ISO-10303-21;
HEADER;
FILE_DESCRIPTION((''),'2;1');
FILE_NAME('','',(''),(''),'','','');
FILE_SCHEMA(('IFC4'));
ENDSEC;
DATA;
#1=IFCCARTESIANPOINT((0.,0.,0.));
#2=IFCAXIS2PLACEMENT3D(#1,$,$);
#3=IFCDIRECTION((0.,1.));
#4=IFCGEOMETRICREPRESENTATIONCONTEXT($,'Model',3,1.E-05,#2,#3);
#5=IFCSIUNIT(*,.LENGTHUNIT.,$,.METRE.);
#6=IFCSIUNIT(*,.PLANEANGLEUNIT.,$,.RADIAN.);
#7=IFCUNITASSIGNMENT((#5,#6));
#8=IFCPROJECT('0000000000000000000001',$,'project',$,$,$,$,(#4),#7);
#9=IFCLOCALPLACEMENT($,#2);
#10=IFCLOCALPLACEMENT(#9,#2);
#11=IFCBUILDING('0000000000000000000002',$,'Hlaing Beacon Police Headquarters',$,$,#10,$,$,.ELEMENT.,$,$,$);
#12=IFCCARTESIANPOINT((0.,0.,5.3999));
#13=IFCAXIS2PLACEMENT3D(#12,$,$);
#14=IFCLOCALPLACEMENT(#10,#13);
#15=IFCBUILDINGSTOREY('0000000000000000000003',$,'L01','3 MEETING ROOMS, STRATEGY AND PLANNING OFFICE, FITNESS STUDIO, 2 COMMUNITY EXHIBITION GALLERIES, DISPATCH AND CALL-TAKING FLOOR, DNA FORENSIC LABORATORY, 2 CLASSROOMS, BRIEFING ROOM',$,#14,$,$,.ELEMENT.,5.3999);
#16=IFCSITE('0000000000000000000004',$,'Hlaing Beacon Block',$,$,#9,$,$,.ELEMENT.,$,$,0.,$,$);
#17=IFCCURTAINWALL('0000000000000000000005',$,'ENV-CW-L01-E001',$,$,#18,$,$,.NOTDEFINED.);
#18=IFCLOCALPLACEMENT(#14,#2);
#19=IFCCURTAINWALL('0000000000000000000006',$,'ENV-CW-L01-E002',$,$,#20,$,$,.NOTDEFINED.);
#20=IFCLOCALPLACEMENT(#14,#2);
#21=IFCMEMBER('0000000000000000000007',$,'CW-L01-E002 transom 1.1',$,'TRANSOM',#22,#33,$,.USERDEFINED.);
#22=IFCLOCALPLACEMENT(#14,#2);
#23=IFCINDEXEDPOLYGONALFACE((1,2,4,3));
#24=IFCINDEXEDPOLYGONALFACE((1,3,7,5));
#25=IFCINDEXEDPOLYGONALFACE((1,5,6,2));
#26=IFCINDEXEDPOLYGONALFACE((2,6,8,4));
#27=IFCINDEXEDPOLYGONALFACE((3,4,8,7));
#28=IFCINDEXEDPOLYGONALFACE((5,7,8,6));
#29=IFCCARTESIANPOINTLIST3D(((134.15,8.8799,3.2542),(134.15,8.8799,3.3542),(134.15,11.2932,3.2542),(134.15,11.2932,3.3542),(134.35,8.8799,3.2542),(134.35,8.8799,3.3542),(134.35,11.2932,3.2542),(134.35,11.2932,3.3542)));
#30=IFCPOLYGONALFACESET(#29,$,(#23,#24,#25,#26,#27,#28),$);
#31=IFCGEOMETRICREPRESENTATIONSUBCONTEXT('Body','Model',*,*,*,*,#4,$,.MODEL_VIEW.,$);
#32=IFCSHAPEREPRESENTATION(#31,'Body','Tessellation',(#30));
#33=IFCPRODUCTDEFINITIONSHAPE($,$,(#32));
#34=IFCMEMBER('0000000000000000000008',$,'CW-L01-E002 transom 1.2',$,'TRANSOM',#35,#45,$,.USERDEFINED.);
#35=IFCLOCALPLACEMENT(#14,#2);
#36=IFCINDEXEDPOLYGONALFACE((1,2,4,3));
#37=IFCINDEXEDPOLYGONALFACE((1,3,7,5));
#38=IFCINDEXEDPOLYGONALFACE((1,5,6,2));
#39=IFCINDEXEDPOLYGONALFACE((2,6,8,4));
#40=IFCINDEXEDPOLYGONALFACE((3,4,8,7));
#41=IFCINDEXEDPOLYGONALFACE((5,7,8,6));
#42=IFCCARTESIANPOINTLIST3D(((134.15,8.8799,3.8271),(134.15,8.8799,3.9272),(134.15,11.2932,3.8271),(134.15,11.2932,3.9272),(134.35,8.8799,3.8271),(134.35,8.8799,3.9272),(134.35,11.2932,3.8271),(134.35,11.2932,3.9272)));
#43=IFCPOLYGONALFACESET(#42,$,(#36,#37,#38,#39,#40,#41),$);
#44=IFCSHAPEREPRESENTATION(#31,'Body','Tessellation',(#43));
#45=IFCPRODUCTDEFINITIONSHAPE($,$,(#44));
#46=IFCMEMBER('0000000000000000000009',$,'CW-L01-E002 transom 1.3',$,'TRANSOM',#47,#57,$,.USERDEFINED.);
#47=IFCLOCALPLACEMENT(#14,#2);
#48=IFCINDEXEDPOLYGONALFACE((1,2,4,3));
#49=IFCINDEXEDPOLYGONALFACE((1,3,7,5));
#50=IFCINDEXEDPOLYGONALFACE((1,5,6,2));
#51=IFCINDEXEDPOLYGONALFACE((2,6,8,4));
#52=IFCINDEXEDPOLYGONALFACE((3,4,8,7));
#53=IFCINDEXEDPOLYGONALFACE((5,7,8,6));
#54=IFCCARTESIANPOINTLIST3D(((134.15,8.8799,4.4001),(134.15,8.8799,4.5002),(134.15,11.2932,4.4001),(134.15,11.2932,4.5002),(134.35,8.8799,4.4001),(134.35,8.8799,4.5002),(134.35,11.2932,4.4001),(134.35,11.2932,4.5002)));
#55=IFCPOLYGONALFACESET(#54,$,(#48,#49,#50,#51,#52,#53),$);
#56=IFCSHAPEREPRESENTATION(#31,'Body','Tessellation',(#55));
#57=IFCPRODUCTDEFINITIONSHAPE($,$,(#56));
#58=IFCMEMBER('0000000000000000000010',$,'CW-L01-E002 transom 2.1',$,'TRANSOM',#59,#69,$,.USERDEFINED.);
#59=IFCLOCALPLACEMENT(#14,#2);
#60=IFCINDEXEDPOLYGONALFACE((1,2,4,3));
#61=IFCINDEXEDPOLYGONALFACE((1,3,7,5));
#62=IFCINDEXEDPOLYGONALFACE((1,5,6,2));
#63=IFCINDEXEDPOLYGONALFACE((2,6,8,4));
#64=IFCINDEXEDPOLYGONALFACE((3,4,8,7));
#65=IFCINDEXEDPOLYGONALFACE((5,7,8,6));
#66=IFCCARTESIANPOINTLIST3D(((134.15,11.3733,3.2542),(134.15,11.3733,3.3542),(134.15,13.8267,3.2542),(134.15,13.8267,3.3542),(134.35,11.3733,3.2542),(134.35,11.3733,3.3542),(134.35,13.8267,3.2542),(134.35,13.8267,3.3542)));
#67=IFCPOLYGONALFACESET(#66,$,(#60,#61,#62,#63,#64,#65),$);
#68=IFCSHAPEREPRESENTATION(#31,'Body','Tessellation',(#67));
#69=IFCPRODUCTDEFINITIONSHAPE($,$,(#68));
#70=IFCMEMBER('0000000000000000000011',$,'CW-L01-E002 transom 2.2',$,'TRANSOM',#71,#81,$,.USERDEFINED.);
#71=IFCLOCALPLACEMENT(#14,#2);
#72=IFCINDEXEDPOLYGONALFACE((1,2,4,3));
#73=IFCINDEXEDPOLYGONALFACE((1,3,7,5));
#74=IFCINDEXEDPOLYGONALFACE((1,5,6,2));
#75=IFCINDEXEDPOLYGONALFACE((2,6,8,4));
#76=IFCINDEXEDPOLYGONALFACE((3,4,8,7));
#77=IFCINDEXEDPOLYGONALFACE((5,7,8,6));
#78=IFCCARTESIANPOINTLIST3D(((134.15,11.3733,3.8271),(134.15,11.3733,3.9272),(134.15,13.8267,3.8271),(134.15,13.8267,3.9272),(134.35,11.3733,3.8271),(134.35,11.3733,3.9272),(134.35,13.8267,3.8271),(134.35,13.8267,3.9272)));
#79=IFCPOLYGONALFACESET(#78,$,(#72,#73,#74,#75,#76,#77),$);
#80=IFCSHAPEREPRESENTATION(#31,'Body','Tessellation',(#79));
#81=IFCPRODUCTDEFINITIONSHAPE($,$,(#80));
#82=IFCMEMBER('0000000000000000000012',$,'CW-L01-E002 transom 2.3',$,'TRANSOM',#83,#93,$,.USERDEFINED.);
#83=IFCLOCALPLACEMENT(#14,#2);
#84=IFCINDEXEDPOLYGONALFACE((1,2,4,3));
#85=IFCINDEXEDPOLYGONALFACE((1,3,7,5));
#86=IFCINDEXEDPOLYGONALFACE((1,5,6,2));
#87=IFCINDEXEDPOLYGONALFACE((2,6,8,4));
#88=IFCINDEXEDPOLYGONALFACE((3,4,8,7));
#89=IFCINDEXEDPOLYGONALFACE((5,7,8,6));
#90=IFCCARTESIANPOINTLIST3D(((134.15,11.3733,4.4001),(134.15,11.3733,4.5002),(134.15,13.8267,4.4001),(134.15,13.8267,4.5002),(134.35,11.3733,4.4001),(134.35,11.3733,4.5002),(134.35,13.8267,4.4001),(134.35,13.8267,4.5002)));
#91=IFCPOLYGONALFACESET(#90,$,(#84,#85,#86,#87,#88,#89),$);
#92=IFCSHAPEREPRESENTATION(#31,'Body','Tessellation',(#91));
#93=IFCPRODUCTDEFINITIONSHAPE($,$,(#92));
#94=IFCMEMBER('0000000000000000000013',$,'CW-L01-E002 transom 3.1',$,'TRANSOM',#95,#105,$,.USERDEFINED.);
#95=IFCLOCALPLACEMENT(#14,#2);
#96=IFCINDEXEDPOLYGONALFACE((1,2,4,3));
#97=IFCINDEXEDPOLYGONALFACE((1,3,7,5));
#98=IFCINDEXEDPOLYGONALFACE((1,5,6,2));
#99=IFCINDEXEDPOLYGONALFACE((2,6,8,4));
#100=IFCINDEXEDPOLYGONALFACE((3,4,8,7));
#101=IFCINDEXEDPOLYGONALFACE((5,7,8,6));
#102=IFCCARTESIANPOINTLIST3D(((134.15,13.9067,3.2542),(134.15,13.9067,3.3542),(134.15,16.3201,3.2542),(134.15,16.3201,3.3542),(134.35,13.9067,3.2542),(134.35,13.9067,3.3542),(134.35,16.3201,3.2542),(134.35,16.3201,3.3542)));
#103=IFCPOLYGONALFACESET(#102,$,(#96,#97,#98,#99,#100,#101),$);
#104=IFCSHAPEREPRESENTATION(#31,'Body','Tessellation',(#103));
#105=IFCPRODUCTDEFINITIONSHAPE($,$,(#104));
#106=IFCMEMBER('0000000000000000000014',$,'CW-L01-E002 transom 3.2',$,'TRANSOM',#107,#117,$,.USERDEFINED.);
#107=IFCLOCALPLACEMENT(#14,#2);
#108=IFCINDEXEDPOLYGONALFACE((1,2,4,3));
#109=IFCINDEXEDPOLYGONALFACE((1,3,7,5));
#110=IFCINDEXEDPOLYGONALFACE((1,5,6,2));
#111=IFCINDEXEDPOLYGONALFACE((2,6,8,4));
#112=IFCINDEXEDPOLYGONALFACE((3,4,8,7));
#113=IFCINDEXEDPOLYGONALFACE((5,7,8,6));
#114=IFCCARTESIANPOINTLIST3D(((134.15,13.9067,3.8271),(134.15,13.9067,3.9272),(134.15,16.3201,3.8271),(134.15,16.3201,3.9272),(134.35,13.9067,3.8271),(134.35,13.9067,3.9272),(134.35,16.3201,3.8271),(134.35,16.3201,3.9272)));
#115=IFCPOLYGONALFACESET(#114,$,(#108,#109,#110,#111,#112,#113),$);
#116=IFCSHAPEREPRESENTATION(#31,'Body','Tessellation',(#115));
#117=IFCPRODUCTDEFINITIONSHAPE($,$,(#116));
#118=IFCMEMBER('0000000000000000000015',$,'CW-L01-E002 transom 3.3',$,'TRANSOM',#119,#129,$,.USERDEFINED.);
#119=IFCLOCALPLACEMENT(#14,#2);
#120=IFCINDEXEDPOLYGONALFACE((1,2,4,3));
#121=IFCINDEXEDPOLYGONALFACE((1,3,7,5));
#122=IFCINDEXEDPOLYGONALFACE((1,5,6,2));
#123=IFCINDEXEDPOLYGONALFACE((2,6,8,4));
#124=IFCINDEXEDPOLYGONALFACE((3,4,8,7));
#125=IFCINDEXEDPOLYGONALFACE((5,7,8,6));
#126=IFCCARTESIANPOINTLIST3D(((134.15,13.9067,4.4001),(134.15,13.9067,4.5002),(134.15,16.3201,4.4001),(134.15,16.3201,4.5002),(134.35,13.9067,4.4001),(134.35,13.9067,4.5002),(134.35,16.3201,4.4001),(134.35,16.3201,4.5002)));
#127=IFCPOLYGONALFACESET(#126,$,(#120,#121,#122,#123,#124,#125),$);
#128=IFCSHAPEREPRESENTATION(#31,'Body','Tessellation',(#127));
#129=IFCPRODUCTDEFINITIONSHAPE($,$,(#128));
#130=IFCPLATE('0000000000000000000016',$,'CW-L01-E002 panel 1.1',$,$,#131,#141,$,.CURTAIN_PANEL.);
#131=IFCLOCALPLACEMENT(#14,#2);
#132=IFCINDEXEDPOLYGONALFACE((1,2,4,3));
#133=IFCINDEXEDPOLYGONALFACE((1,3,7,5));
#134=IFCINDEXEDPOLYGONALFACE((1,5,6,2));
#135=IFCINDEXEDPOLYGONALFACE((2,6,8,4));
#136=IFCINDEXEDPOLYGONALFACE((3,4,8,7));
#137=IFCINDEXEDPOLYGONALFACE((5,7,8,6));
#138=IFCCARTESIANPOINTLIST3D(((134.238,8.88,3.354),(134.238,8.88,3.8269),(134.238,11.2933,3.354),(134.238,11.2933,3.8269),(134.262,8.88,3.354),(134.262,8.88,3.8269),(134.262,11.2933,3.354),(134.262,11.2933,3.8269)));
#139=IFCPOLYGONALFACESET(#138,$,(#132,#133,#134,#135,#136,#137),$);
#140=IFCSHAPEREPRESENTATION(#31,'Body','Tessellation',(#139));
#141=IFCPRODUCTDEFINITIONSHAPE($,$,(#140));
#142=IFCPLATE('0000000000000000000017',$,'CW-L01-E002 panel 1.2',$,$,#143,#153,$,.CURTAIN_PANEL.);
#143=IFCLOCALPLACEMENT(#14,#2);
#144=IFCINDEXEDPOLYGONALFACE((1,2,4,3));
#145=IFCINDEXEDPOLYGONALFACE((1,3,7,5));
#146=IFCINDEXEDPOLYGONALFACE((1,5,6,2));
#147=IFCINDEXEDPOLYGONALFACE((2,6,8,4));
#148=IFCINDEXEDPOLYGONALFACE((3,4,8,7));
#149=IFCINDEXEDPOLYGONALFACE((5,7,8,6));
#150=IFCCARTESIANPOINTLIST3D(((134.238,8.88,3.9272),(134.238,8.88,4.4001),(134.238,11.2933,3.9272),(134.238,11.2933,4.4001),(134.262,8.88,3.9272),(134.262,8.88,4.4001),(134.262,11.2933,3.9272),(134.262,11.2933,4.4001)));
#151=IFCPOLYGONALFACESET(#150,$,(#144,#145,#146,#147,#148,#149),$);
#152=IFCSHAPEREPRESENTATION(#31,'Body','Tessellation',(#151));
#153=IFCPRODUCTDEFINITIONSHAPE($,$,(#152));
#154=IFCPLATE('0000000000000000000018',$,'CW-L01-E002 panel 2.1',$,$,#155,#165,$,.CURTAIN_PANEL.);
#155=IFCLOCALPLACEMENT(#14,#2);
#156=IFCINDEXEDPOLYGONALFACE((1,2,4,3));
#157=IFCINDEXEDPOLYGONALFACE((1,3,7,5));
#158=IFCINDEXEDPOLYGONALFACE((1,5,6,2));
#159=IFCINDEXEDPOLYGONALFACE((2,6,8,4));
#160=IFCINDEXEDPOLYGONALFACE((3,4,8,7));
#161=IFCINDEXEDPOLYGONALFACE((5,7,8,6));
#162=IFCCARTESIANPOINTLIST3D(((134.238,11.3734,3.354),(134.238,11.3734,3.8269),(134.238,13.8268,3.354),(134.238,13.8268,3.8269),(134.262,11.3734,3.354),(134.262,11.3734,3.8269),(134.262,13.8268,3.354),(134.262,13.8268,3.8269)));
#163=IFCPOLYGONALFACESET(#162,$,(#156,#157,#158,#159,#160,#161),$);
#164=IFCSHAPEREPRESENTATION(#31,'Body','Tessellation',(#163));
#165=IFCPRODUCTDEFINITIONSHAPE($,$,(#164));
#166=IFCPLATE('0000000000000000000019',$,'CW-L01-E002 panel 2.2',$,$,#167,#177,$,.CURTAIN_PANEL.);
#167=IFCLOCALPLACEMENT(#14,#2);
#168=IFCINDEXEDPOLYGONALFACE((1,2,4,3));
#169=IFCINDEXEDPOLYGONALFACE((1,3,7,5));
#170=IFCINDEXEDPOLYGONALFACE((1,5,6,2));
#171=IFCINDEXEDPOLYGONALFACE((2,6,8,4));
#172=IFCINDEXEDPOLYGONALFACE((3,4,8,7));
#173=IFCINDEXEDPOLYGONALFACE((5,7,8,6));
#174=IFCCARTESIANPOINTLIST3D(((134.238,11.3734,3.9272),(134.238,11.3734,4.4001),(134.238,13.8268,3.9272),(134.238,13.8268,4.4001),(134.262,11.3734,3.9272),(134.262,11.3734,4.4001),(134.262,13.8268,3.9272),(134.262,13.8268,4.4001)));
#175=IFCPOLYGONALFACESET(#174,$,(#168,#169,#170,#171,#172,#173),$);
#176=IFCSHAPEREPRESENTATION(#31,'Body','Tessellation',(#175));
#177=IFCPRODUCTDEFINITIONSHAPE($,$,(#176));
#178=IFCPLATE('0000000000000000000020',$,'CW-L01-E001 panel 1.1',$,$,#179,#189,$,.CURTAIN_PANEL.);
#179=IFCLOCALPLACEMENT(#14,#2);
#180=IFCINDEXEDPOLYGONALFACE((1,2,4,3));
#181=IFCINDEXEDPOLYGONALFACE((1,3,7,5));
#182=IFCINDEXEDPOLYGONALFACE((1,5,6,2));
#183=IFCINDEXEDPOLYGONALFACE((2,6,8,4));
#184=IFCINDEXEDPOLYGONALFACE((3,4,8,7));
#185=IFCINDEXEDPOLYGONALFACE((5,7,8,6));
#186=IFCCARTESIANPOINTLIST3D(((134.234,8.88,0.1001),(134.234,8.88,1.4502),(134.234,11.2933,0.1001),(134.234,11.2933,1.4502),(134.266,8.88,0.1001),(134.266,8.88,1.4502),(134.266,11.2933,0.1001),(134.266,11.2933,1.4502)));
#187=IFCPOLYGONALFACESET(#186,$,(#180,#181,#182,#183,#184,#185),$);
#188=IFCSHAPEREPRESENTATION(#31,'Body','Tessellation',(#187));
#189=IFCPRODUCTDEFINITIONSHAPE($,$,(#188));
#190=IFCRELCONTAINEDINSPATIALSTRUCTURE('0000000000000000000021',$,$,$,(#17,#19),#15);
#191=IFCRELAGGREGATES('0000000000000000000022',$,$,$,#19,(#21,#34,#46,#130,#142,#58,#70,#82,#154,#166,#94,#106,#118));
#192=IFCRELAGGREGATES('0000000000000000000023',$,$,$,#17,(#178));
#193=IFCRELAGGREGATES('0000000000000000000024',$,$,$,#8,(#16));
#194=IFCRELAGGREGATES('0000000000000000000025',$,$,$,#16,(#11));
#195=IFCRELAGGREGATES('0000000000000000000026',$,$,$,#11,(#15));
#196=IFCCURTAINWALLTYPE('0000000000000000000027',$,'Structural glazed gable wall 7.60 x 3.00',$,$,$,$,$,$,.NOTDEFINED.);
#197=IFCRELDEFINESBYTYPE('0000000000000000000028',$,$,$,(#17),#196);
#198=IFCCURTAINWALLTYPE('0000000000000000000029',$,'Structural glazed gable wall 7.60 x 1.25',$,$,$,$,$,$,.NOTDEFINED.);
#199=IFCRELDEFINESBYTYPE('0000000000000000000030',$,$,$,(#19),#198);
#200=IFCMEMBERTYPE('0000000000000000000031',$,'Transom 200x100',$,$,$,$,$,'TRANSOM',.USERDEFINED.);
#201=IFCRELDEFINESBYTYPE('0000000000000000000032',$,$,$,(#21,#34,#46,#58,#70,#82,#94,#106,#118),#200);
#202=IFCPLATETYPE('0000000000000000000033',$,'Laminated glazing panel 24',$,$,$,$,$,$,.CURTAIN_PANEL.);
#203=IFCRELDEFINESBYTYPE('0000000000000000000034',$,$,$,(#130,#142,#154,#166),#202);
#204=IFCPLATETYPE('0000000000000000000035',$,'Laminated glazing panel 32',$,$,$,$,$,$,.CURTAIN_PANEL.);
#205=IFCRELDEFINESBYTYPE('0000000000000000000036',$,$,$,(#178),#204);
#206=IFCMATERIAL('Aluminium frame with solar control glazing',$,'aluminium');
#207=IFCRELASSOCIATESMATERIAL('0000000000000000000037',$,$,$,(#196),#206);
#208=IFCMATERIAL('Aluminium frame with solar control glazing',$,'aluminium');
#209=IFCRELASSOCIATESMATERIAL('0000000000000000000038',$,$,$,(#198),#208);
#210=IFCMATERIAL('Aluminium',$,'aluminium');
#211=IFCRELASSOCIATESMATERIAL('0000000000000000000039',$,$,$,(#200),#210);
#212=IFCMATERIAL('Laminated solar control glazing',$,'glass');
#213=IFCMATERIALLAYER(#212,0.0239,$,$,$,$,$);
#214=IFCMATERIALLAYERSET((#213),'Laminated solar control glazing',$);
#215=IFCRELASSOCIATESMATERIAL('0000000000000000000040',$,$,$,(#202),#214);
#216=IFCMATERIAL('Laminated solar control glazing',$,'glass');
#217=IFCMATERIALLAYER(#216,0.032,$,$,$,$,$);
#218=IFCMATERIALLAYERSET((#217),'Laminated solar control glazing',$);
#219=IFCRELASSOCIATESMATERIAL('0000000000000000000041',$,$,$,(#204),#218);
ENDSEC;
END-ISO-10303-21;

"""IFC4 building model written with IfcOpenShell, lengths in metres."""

from ifc_helpers import new_model, si_unit, direction, frame, origin, origin_2d, place, context, subcontext, project, spatial, rectangle, extrude, material, layer, layer_set, material_profile, profile_set, type_object, element, aggregate, save


model = new_model("IFC4")

# Units and contexts
model_context = context("Model", 3, precision=1e-05, world=origin(), true_north=direction((0.0, 1.0)))
body_context = subcontext(model_context, "Body", "Model", "MODEL_VIEW")
ifc_project = project(units=[si_unit("LENGTHUNIT", "METRE"), si_unit("PLANEANGLEUNIT", "RADIAN")], contexts=[model_context])

# Site, building, storey
site_placement = place(None, origin())
site = spatial("IfcSite", under=ifc_project, at=site_placement, Name="Hlaing Beacon Block", CompositionType="ELEMENT", RefElevation=0.0)
building_placement = place(site_placement, origin())
building = spatial("IfcBuilding", under=site, at=building_placement, Name="Hlaing Beacon Police Headquarters", CompositionType="ELEMENT")
storey_placement = place(building_placement, frame((0.0, 0.0, 5.3999)))
storey = spatial("IfcBuildingStorey", under=building, at=storey_placement, Name="L01", Description="3 MEETING ROOMS, STRATEGY AND PLANNING OFFICE, FITNESS STUDIO, 2 COMMUNITY EXHIBITION GALLERIES, DISPATCH AND CALL-TAKING FLOOR, DNA FORENSIC LABORATORY, 2 CLASSROOMS, BRIEFING ROOM", CompositionType="ELEMENT", Elevation=5.3999)

# Curtain walls
ifc_material_1 = material(Name="Aluminium frame with solar control glazing", Category="aluminium")
curtain_wall_type_1 = type_object("IfcCurtainWallType", Name="Structural glazed gable wall 7.60 x 3.00", PredefinedType="NOTDEFINED", material=ifc_material_1)
curtain_wall_1_placement = place(storey_placement, origin())
curtain_wall_1 = element("IfcCurtainWall", 1, at=curtain_wall_1_placement, inside=storey, type_object=curtain_wall_type_1, Name="ENV-CW-L01-E001", PredefinedType="NOTDEFINED")
ifc_material_2 = material(Name="Aluminium frame with solar control glazing", Category="aluminium")
curtain_wall_type_2 = type_object("IfcCurtainWallType", Name="Structural glazed gable wall 7.60 x 1.25", PredefinedType="NOTDEFINED", material=ifc_material_2)
curtain_wall_2_placement = place(storey_placement, origin())
curtain_wall_2 = element("IfcCurtainWall", 2, at=curtain_wall_2_placement, inside=storey, type_object=curtain_wall_type_2, Name="ENV-CW-L01-E002", PredefinedType="NOTDEFINED")

# Members
ifc_material_3 = material(Name="Aluminium", Category="aluminium")
ifc_material_profile_1 = material_profile(ifc_material_3, rectangle(XDim=0.2, YDim=0.1001, at=origin_2d()), Name="Transom 200x100")
ifc_profile_set_1 = profile_set([ifc_material_profile_1], Name="Aluminium")
member_type_1 = type_object("IfcMemberType", Name="Transom 200x100", ElementType="TRANSOM", PredefinedType="USERDEFINED", material=ifc_profile_set_1)
member_1_placement = place(storey_placement, frame((134.25, 8.8799, 3.3042), z_axis=(0.0, 1.0, 0.0), x_axis=(-1.0, 0.0, 0.0)))
member_1 = element("IfcMember", 3, at=member_1_placement, type_object=member_type_1, Name="CW-L01-E002 transom 1.1", ObjectType="TRANSOM", PredefinedType="USERDEFINED", context=body_context, shape_type="SweptSolid", body=[
    extrude(rectangle(XDim=0.2, YDim=0.1001, at=origin_2d()), origin(), (0.0, 0.0, 1.0), 2.4133),
])
member_2_placement = place(storey_placement, frame((134.25, 8.8799, 3.8772), z_axis=(0.0, 1.0, 0.0), x_axis=(-1.0, 0.0, 0.0)))
member_2 = element("IfcMember", 4, at=member_2_placement, type_object=member_type_1, Name="CW-L01-E002 transom 1.2", ObjectType="TRANSOM", PredefinedType="USERDEFINED", context=body_context, shape_type="SweptSolid", body=[
    extrude(rectangle(XDim=0.2, YDim=0.1001, at=origin_2d()), origin(), (0.0, 0.0, 1.0), 2.4133),
])
member_3_placement = place(storey_placement, frame((134.25, 8.8799, 4.4502), z_axis=(0.0, 1.0, 0.0), x_axis=(-1.0, 0.0, 0.0)))
member_3 = element("IfcMember", 5, at=member_3_placement, type_object=member_type_1, Name="CW-L01-E002 transom 1.3", ObjectType="TRANSOM", PredefinedType="USERDEFINED", context=body_context, shape_type="SweptSolid", body=[
    extrude(rectangle(XDim=0.2, YDim=0.1001, at=origin_2d()), origin(), (0.0, 0.0, 1.0), 2.4133),
])
member_4_placement = place(storey_placement, frame((134.25, 11.3733, 3.3042), z_axis=(0.0, 1.0, 0.0), x_axis=(-1.0, 0.0, 0.0)))
member_4 = element("IfcMember", 6, at=member_4_placement, type_object=member_type_1, Name="CW-L01-E002 transom 2.1", ObjectType="TRANSOM", PredefinedType="USERDEFINED", context=body_context, shape_type="SweptSolid", body=[
    extrude(rectangle(XDim=0.2, YDim=0.1001, at=origin_2d()), origin(), (0.0, 0.0, 1.0), 2.4534),
])
member_5_placement = place(storey_placement, frame((134.25, 11.3733, 3.8772), z_axis=(0.0, 1.0, 0.0), x_axis=(-1.0, 0.0, 0.0)))
member_5 = element("IfcMember", 7, at=member_5_placement, type_object=member_type_1, Name="CW-L01-E002 transom 2.2", ObjectType="TRANSOM", PredefinedType="USERDEFINED", context=body_context, shape_type="SweptSolid", body=[
    extrude(rectangle(XDim=0.2, YDim=0.1001, at=origin_2d()), origin(), (0.0, 0.0, 1.0), 2.4534),
])
member_6_placement = place(storey_placement, frame((134.25, 11.3733, 4.4502), z_axis=(0.0, 1.0, 0.0), x_axis=(-1.0, 0.0, 0.0)))
member_6 = element("IfcMember", 8, at=member_6_placement, type_object=member_type_1, Name="CW-L01-E002 transom 2.3", ObjectType="TRANSOM", PredefinedType="USERDEFINED", context=body_context, shape_type="SweptSolid", body=[
    extrude(rectangle(XDim=0.2, YDim=0.1001, at=origin_2d()), origin(), (0.0, 0.0, 1.0), 2.4534),
])
member_7_placement = place(storey_placement, frame((134.25, 13.9067, 3.3042), z_axis=(0.0, 1.0, 0.0), x_axis=(-1.0, 0.0, 0.0)))
member_7 = element("IfcMember", 9, at=member_7_placement, type_object=member_type_1, Name="CW-L01-E002 transom 3.1", ObjectType="TRANSOM", PredefinedType="USERDEFINED", context=body_context, shape_type="SweptSolid", body=[
    extrude(rectangle(XDim=0.2, YDim=0.1001, at=origin_2d()), origin(), (0.0, 0.0, 1.0), 2.4133),
])
member_8_placement = place(storey_placement, frame((134.25, 13.9067, 3.8772), z_axis=(0.0, 1.0, 0.0), x_axis=(-1.0, 0.0, 0.0)))
member_8 = element("IfcMember", 10, at=member_8_placement, type_object=member_type_1, Name="CW-L01-E002 transom 3.2", ObjectType="TRANSOM", PredefinedType="USERDEFINED", context=body_context, shape_type="SweptSolid", body=[
    extrude(rectangle(XDim=0.2, YDim=0.1001, at=origin_2d()), origin(), (0.0, 0.0, 1.0), 2.4133),
])
member_9_placement = place(storey_placement, frame((134.25, 13.9067, 4.4502), z_axis=(0.0, 1.0, 0.0), x_axis=(-1.0, 0.0, 0.0)))
member_9 = element("IfcMember", 11, at=member_9_placement, type_object=member_type_1, Name="CW-L01-E002 transom 3.3", ObjectType="TRANSOM", PredefinedType="USERDEFINED", context=body_context, shape_type="SweptSolid", body=[
    extrude(rectangle(XDim=0.2, YDim=0.1001, at=origin_2d()), origin(), (0.0, 0.0, 1.0), 2.4133),
])

# Plates
ifc_material_4 = material(Name="Laminated solar control glazing", Category="glass")
ifc_layer_1 = layer(ifc_material_4, 0.0239)
ifc_layer_set_1 = layer_set([ifc_layer_1], Name="Laminated solar control glazing")
plate_type_1 = type_object("IfcPlateType", Name="Laminated glazing panel 24", PredefinedType="CURTAIN_PANEL", material=ifc_layer_set_1)
plate_1_placement = place(storey_placement, frame((134.25, 10.0867, 3.354), z_axis=(0.0, 0.0, 1.0), x_axis=(0.0, 1.0, 0.0)))
plate_1 = element("IfcPlate", 12, at=plate_1_placement, type_object=plate_type_1, Name="CW-L01-E002 panel 1.1", PredefinedType="CURTAIN_PANEL", context=body_context, shape_type="SweptSolid", body=[
    extrude(rectangle(XDim=2.4133, YDim=0.0239, at=origin_2d()), origin(), (0.0, 0.0, 1.0), 0.4729),
])
plate_2_placement = place(storey_placement, frame((134.25, 10.0867, 3.9272), z_axis=(0.0, 0.0, 1.0), x_axis=(0.0, 1.0, 0.0)))
plate_2 = element("IfcPlate", 13, at=plate_2_placement, type_object=plate_type_1, Name="CW-L01-E002 panel 1.2", PredefinedType="CURTAIN_PANEL", context=body_context, shape_type="SweptSolid", body=[
    extrude(rectangle(XDim=2.4133, YDim=0.0239, at=origin_2d()), origin(), (0.0, 0.0, 1.0), 0.4729),
])
plate_3_placement = place(storey_placement, frame((134.25, 12.6001, 3.354), z_axis=(0.0, 0.0, 1.0), x_axis=(0.0, 1.0, 0.0)))
plate_3 = element("IfcPlate", 14, at=plate_3_placement, type_object=plate_type_1, Name="CW-L01-E002 panel 2.1", PredefinedType="CURTAIN_PANEL", context=body_context, shape_type="SweptSolid", body=[
    extrude(rectangle(XDim=2.4534, YDim=0.0239, at=origin_2d()), origin(), (0.0, 0.0, 1.0), 0.4729),
])
plate_4_placement = place(storey_placement, frame((134.25, 12.6001, 3.9272), z_axis=(0.0, 0.0, 1.0), x_axis=(0.0, 1.0, 0.0)))
plate_4 = element("IfcPlate", 15, at=plate_4_placement, type_object=plate_type_1, Name="CW-L01-E002 panel 2.2", PredefinedType="CURTAIN_PANEL", context=body_context, shape_type="SweptSolid", body=[
    extrude(rectangle(XDim=2.4534, YDim=0.0239, at=origin_2d()), origin(), (0.0, 0.0, 1.0), 0.4729),
])
aggregate(curtain_wall_2, [member_1, member_2, member_3, plate_1, plate_2, member_4, member_5, member_6, plate_3, plate_4, member_7, member_8, member_9])
ifc_material_5 = material(Name="Laminated solar control glazing", Category="glass")
ifc_layer_2 = layer(ifc_material_5, 0.032)
ifc_layer_set_2 = layer_set([ifc_layer_2], Name="Laminated solar control glazing")
plate_type_2 = type_object("IfcPlateType", Name="Laminated glazing panel 32", PredefinedType="CURTAIN_PANEL", material=ifc_layer_set_2)
plate_5_placement = place(storey_placement, frame((134.25, 10.0867, 0.1001), z_axis=(0.0, 0.0, 1.0), x_axis=(0.0, 1.0, 0.0)))
plate_5 = element("IfcPlate", 16, at=plate_5_placement, type_object=plate_type_2, Name="CW-L01-E001 panel 1.1", PredefinedType="CURTAIN_PANEL", context=body_context, shape_type="SweptSolid", body=[
    extrude(rectangle(XDim=2.4133, YDim=0.032, at=origin_2d()), origin(), (0.0, 0.0, 1.0), 1.3501),
])
aggregate(curtain_wall_1, [plate_5])

save(model, "model.ifc")
